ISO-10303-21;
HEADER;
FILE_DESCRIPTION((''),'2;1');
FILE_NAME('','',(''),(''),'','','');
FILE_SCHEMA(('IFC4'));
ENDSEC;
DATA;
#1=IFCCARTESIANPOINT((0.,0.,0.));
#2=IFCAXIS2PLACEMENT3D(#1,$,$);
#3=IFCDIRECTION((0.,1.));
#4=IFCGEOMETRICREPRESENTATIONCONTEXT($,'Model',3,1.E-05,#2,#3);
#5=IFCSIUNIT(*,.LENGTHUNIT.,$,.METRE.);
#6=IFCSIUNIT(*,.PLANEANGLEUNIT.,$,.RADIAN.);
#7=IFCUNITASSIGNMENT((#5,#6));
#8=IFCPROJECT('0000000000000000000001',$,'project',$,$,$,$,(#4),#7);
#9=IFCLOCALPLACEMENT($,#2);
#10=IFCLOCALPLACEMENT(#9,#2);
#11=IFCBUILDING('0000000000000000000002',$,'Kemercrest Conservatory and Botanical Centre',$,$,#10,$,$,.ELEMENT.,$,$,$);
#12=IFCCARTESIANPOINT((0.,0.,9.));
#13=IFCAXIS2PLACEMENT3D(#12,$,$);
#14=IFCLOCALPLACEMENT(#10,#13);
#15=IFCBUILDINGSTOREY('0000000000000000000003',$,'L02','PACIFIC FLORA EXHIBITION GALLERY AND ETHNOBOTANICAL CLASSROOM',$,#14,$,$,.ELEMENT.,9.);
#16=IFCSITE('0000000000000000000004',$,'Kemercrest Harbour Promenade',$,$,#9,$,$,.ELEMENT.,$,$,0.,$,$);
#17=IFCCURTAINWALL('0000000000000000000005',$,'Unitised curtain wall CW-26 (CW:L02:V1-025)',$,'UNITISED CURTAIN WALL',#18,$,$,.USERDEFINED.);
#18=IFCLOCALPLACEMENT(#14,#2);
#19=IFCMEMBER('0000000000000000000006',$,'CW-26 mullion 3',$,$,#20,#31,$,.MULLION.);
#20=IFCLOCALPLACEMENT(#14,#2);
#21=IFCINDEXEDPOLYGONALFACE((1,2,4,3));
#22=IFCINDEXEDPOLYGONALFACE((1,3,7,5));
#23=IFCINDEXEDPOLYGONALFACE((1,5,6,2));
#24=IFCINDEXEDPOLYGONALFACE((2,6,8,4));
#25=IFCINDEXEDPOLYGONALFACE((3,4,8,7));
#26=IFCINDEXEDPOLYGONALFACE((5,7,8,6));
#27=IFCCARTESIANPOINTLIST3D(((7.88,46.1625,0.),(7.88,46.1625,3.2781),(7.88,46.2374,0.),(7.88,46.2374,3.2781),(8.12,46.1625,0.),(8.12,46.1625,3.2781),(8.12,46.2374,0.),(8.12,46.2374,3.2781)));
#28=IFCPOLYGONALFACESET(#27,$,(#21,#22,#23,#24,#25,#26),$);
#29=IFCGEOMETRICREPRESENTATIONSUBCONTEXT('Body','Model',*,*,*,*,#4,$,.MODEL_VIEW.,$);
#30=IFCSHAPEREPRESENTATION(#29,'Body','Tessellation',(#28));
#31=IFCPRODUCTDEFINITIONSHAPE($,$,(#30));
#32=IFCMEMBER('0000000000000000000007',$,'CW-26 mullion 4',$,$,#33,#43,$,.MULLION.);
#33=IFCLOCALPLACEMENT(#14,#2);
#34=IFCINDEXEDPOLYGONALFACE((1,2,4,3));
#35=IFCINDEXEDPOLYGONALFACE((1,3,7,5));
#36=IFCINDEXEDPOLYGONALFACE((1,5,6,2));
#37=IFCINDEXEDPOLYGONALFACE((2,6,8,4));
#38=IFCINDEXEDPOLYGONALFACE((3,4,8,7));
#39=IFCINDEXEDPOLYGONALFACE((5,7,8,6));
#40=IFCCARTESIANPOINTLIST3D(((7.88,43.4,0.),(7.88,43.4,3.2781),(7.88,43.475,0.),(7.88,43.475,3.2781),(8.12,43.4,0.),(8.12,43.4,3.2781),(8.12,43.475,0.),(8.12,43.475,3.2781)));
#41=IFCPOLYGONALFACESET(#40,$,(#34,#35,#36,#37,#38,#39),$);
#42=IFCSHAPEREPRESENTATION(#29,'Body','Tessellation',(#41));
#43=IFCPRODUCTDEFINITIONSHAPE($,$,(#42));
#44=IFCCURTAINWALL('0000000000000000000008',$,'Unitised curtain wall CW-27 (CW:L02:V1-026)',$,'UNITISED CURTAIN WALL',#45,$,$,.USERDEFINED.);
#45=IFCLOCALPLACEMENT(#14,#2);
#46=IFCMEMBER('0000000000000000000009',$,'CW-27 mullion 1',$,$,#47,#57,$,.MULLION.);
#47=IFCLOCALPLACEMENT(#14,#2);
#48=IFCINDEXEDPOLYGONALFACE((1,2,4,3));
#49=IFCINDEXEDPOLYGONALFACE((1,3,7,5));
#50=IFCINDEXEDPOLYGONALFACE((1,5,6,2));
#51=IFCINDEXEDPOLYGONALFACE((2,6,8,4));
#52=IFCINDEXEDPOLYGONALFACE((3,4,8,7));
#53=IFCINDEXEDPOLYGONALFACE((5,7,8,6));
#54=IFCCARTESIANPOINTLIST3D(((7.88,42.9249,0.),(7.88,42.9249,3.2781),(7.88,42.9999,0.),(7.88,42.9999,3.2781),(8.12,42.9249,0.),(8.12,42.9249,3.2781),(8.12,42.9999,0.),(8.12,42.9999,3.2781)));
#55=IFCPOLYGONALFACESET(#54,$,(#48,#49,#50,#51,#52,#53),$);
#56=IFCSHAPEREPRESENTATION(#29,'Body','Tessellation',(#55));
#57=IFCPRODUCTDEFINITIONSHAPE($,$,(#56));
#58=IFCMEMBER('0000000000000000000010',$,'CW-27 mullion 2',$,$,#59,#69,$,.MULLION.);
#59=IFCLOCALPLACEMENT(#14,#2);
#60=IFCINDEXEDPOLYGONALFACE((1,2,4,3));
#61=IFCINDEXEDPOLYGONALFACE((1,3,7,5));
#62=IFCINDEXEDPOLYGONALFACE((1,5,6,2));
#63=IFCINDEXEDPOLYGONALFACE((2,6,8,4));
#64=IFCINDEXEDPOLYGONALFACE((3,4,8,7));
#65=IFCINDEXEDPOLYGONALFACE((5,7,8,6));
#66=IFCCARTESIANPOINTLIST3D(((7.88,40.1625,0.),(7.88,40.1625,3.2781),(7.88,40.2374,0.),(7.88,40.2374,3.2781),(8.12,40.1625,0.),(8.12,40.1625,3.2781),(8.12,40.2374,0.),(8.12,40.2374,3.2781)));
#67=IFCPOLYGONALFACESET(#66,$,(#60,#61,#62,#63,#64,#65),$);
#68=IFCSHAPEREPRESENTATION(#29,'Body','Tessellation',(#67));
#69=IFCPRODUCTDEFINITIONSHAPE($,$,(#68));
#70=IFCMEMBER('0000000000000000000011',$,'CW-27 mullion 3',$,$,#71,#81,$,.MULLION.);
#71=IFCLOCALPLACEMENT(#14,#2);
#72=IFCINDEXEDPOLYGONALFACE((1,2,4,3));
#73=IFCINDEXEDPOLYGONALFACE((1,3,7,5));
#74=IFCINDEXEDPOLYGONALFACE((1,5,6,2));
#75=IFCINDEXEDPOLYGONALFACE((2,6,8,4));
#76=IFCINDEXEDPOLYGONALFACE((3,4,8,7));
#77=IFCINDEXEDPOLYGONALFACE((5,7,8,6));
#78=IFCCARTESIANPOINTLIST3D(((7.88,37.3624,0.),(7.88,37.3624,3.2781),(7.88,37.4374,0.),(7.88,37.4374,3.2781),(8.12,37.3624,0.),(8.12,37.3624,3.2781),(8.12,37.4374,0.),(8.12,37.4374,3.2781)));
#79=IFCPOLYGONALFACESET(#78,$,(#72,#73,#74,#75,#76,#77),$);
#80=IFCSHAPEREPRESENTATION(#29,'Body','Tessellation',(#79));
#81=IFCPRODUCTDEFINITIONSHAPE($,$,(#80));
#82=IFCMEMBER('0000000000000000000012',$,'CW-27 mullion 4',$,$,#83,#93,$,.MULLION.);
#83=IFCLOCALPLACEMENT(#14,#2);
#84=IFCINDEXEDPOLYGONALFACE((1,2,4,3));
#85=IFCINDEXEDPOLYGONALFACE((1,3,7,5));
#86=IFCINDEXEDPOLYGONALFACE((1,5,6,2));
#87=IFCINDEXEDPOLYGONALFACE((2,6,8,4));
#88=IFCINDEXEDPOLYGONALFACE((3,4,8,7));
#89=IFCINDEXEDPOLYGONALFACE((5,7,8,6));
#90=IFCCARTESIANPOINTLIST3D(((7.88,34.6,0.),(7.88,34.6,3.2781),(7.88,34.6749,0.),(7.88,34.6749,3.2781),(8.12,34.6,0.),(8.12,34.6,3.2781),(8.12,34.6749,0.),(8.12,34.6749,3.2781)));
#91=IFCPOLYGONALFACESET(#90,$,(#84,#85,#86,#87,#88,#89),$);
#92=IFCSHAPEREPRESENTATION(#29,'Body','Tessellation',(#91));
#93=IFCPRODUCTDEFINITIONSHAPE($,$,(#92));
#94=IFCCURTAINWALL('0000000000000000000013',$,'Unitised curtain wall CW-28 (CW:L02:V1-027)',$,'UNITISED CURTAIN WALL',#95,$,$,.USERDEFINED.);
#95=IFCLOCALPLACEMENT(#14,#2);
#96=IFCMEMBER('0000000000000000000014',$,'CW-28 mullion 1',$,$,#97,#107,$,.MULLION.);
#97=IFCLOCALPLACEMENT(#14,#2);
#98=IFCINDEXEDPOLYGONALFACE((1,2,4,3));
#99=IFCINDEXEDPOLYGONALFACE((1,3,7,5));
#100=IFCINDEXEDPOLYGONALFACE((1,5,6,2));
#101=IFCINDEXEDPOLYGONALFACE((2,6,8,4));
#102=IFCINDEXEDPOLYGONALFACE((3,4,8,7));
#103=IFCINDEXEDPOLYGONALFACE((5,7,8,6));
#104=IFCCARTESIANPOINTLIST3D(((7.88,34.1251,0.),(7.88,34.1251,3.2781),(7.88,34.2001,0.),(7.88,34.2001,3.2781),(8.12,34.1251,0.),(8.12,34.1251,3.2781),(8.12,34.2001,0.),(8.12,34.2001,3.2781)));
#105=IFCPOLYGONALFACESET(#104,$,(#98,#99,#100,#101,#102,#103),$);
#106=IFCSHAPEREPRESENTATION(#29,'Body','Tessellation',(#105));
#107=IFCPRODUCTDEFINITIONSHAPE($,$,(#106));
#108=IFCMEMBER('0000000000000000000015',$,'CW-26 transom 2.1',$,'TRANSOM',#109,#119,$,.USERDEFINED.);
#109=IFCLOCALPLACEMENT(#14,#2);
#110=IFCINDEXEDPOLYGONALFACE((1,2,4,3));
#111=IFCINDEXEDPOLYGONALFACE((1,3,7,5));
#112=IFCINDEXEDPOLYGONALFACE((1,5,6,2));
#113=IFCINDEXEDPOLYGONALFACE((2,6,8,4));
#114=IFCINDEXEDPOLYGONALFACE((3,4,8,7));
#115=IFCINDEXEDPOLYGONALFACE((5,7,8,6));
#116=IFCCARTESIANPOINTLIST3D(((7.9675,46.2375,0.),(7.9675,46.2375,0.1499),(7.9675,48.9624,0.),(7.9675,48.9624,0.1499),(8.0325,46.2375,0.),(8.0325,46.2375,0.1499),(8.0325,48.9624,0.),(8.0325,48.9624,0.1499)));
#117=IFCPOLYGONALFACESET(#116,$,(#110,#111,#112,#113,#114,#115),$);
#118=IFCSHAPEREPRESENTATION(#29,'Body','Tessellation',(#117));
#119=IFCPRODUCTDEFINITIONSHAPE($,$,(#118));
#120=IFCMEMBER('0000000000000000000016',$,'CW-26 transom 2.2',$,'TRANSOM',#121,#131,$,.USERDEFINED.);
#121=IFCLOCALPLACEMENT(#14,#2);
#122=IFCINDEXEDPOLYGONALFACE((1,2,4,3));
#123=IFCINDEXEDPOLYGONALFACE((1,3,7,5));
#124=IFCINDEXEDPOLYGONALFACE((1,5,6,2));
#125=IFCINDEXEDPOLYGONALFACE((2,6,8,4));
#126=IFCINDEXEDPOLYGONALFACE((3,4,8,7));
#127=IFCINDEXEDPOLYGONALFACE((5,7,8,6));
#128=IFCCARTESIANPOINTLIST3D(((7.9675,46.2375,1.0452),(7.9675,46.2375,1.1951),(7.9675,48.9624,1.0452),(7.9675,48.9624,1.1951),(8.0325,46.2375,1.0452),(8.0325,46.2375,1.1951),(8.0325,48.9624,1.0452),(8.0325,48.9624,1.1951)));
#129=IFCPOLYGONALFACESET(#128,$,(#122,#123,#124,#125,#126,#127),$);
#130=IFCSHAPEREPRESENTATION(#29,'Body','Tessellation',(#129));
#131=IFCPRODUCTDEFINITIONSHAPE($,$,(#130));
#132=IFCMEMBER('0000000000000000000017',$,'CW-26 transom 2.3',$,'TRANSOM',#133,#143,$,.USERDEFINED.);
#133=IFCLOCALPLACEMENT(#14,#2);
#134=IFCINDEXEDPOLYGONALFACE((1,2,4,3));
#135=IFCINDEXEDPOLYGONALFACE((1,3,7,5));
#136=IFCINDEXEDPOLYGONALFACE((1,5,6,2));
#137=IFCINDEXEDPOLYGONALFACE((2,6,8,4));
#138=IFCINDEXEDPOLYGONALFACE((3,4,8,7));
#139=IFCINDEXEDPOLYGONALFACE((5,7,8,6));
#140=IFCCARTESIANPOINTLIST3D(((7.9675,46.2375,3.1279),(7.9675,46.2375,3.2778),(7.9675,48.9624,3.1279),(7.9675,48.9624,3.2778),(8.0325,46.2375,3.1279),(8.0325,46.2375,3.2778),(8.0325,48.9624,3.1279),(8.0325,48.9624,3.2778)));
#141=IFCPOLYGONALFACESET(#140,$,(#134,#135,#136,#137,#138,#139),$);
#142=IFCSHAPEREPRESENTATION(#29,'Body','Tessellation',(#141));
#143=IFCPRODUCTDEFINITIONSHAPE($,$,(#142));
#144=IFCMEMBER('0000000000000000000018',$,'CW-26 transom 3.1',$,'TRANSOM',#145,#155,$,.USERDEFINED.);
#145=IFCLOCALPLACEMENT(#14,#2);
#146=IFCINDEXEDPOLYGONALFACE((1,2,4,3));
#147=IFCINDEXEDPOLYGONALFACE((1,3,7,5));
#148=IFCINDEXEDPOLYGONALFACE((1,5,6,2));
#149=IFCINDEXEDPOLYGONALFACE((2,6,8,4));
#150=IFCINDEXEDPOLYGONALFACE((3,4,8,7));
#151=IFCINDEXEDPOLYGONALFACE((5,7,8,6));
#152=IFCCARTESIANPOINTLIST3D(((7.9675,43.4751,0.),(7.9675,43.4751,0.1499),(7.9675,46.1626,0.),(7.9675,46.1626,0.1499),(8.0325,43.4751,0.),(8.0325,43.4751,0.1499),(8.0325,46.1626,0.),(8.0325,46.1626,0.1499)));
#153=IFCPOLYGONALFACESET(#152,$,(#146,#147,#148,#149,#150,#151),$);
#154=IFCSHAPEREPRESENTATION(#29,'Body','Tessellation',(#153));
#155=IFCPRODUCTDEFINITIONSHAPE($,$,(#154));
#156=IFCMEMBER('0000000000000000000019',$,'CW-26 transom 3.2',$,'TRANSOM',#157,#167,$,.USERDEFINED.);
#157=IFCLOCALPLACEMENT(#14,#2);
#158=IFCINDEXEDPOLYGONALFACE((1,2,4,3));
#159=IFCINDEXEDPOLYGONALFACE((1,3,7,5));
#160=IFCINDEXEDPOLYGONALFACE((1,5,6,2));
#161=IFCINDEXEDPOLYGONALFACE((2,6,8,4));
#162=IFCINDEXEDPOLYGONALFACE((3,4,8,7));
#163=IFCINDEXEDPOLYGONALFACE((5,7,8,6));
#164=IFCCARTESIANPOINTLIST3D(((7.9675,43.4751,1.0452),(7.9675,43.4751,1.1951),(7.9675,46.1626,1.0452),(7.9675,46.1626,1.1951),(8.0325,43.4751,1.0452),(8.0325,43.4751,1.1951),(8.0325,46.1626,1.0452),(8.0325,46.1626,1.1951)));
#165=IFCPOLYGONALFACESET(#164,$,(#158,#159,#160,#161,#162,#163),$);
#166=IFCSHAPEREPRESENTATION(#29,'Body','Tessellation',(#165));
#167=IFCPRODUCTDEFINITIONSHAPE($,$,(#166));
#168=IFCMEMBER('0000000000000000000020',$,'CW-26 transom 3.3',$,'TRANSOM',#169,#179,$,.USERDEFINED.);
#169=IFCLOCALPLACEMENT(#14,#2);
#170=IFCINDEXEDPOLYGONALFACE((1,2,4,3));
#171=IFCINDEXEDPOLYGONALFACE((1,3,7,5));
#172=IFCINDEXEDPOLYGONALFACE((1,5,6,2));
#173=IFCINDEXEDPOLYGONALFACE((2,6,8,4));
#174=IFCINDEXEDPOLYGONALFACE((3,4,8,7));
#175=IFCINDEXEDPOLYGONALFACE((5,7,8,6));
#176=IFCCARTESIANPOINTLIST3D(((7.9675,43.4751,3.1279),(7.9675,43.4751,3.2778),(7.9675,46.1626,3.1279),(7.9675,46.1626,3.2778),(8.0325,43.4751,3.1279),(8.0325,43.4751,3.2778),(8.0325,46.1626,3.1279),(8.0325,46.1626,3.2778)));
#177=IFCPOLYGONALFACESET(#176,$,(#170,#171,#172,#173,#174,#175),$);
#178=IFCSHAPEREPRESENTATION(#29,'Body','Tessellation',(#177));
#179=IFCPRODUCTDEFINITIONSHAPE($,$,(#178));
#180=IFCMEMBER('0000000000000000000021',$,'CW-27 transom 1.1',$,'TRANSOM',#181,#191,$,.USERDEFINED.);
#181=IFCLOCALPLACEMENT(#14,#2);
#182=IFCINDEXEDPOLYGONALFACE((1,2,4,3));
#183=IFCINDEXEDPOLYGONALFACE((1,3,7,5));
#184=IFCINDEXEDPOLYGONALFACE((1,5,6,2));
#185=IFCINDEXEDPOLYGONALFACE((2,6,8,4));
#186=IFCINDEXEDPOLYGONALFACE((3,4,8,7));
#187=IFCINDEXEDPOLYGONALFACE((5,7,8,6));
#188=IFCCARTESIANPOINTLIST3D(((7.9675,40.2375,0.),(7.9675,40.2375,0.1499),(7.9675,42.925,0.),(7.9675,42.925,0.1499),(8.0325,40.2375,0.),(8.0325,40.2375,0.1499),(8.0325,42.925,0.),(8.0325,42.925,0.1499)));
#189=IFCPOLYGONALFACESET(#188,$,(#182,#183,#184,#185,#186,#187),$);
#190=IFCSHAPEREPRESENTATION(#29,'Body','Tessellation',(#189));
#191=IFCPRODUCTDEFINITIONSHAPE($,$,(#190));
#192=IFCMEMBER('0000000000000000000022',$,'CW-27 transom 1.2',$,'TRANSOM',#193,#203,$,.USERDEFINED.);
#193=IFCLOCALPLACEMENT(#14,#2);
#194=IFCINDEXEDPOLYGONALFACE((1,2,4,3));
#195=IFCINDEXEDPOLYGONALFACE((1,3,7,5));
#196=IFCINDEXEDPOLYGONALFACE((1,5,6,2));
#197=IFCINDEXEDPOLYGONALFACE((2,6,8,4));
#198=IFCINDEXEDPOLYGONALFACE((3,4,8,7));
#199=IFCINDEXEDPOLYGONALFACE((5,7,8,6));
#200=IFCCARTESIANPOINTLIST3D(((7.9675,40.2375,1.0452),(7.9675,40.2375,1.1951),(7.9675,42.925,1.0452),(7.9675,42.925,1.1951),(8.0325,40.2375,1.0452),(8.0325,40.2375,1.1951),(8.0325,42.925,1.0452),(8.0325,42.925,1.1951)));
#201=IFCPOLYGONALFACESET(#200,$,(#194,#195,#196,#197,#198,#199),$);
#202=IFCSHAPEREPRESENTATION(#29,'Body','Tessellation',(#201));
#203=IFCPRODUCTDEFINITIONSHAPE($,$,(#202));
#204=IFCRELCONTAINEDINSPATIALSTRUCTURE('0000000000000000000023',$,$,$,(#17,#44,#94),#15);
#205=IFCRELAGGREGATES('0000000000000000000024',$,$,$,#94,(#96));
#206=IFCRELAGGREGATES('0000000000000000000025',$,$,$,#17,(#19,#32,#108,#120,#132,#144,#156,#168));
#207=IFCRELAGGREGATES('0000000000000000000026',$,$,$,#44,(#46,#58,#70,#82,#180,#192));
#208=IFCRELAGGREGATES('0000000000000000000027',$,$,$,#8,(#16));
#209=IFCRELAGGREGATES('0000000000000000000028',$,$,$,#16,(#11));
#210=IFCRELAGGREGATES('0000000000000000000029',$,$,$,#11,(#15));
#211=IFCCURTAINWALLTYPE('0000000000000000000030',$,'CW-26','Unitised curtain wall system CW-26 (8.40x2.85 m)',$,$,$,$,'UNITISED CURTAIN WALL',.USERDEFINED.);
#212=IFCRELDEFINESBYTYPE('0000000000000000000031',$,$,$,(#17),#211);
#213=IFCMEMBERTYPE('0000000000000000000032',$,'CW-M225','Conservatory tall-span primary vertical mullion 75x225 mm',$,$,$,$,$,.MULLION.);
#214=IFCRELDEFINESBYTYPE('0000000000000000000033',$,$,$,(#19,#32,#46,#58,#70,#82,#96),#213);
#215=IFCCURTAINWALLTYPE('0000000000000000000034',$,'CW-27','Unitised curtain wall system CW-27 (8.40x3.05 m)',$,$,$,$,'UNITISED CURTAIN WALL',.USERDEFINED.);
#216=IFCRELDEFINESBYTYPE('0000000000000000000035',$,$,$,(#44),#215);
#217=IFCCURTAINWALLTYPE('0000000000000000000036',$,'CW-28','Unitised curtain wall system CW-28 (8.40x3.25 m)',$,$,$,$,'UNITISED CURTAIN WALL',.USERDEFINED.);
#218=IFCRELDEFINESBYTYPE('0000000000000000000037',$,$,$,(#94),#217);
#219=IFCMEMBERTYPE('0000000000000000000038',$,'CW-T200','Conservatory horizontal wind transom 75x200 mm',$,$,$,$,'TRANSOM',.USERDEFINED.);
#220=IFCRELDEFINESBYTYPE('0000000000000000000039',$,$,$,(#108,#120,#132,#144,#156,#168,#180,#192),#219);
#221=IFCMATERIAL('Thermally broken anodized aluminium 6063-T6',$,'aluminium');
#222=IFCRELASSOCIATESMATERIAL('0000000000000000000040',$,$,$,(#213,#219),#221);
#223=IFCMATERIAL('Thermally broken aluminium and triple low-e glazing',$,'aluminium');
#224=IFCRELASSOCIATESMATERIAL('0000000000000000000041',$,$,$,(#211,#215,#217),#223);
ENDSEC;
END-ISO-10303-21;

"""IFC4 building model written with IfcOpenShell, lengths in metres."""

from ifc_helpers import new_model, si_unit, direction, frame, origin, origin_2d, place, context, subcontext, project, spatial, rectangle, extrude, material, material_profile, profile_set, type_object, element, aggregate, save


model = new_model("IFC4")

# Units and contexts
model_context = context("Model", 3, precision=1e-05, world=origin(), true_north=direction((0.0, 1.0)))
body_context = subcontext(model_context, "Body", "Model", "MODEL_VIEW")
ifc_project = project(units=[si_unit("LENGTHUNIT", "METRE"), si_unit("PLANEANGLEUNIT", "RADIAN")], contexts=[model_context])

# Site, building, storey
site_placement = place(None, origin())
site = spatial("IfcSite", under=ifc_project, at=site_placement, Name="Kemercrest Harbour Promenade", CompositionType="ELEMENT", RefElevation=0.0)
building_placement = place(site_placement, origin())
building = spatial("IfcBuilding", under=site, at=building_placement, Name="Kemercrest Conservatory and Botanical Centre", CompositionType="ELEMENT")
storey_placement = place(building_placement, frame((0.0, 0.0, 9.0)))
storey = spatial("IfcBuildingStorey", under=building, at=storey_placement, Name="L02", Description="PACIFIC FLORA EXHIBITION GALLERY AND ETHNOBOTANICAL CLASSROOM", CompositionType="ELEMENT", Elevation=9.0)

# Shared definitions
ifc_material_1 = material(Name="Thermally broken aluminium and triple low-e glazing", Category="aluminium")
ifc_material_2 = material(Name="Thermally broken anodized aluminium 6063-T6", Category="aluminium")
ifc_material_profile_1 = material_profile(ifc_material_2, rectangle(XDim=0.24, YDim=0.075, at=origin_2d()), Name="AL MULLION 75x240")
ifc_profile_set_1 = profile_set([ifc_material_profile_1], Name="Thermally broken anodized aluminium 6063-T6")
member_type_1 = type_object("IfcMemberType", Name="CW-M225", Description="Conservatory tall-span primary vertical mullion 75x225 mm", PredefinedType="MULLION", material=ifc_profile_set_1)

# Curtain walls, members
curtain_wall_type_1 = type_object("IfcCurtainWallType", Name="CW-26", Description="Unitised curtain wall system CW-26 (8.40x2.85 m)", ElementType="UNITISED CURTAIN WALL", PredefinedType="USERDEFINED", material=ifc_material_1)
curtain_wall_1_placement = place(storey_placement, origin())
curtain_wall_1 = element("IfcCurtainWall", 1, at=curtain_wall_1_placement, inside=storey, type_object=curtain_wall_type_1, Name="Unitised curtain wall CW-26 (CW:L02:V1-025)", ObjectType="UNITISED CURTAIN WALL", PredefinedType="USERDEFINED")
member_1_placement = place(storey_placement, frame((8.0, 46.2, 0.0), z_axis=(0.0, 0.0, 1.0), x_axis=(1.0, 0.0, 0.0)))
member_1 = element("IfcMember", 2, at=member_1_placement, type_object=member_type_1, Name="CW-26 mullion 3", PredefinedType="MULLION", context=body_context, shape_type="SweptSolid", body=[
    extrude(rectangle(XDim=0.24, YDim=0.075, at=origin_2d()), origin(), (0.0, 0.0, 1.0), 3.2781),
])
member_2_placement = place(storey_placement, frame((8.0, 43.4375, 0.0), z_axis=(0.0, 0.0, 1.0), x_axis=(1.0, 0.0, 0.0)))
member_2 = element("IfcMember", 3, at=member_2_placement, type_object=member_type_1, Name="CW-26 mullion 4", PredefinedType="MULLION", context=body_context, shape_type="SweptSolid", body=[
    extrude(rectangle(XDim=0.24, YDim=0.075, at=origin_2d()), origin(), (0.0, 0.0, 1.0), 3.2781),
])
curtain_wall_type_2 = type_object("IfcCurtainWallType", Name="CW-27", Description="Unitised curtain wall system CW-27 (8.40x3.05 m)", ElementType="UNITISED CURTAIN WALL", PredefinedType="USERDEFINED", material=ifc_material_1)
curtain_wall_2_placement = place(storey_placement, origin())
curtain_wall_2 = element("IfcCurtainWall", 4, at=curtain_wall_2_placement, inside=storey, type_object=curtain_wall_type_2, Name="Unitised curtain wall CW-27 (CW:L02:V1-026)", ObjectType="UNITISED CURTAIN WALL", PredefinedType="USERDEFINED")
member_3_placement = place(storey_placement, frame((8.0, 42.9624, 0.0), z_axis=(0.0, 0.0, 1.0), x_axis=(1.0, 0.0, 0.0)))
member_3 = element("IfcMember", 5, at=member_3_placement, type_object=member_type_1, Name="CW-27 mullion 1", PredefinedType="MULLION", context=body_context, shape_type="SweptSolid", body=[
    extrude(rectangle(XDim=0.24, YDim=0.075, at=origin_2d()), origin(), (0.0, 0.0, 1.0), 3.2781),
])
member_4_placement = place(storey_placement, frame((8.0, 40.2, 0.0), z_axis=(0.0, 0.0, 1.0), x_axis=(1.0, 0.0, 0.0)))
member_4 = element("IfcMember", 6, at=member_4_placement, type_object=member_type_1, Name="CW-27 mullion 2", PredefinedType="MULLION", context=body_context, shape_type="SweptSolid", body=[
    extrude(rectangle(XDim=0.24, YDim=0.075, at=origin_2d()), origin(), (0.0, 0.0, 1.0), 3.2781),
])
member_5_placement = place(storey_placement, frame((8.0, 37.3999, 0.0), z_axis=(0.0, 0.0, 1.0), x_axis=(1.0, 0.0, 0.0)))
member_5 = element("IfcMember", 7, at=member_5_placement, type_object=member_type_1, Name="CW-27 mullion 3", PredefinedType="MULLION", context=body_context, shape_type="SweptSolid", body=[
    extrude(rectangle(XDim=0.24, YDim=0.075, at=origin_2d()), origin(), (0.0, 0.0, 1.0), 3.2781),
])
member_6_placement = place(storey_placement, frame((8.0, 34.6375, 0.0), z_axis=(0.0, 0.0, 1.0), x_axis=(1.0, 0.0, 0.0)))
member_6 = element("IfcMember", 8, at=member_6_placement, type_object=member_type_1, Name="CW-27 mullion 4", PredefinedType="MULLION", context=body_context, shape_type="SweptSolid", body=[
    extrude(rectangle(XDim=0.24, YDim=0.075, at=origin_2d()), origin(), (0.0, 0.0, 1.0), 3.2781),
])

# Curtain wall, member
curtain_wall_type_3 = type_object("IfcCurtainWallType", Name="CW-28", Description="Unitised curtain wall system CW-28 (8.40x3.25 m)", ElementType="UNITISED CURTAIN WALL", PredefinedType="USERDEFINED", material=ifc_material_1)
curtain_wall_3_placement = place(storey_placement, origin())
curtain_wall_3 = element("IfcCurtainWall", 9, at=curtain_wall_3_placement, inside=storey, type_object=curtain_wall_type_3, Name="Unitised curtain wall CW-28 (CW:L02:V1-027)", ObjectType="UNITISED CURTAIN WALL", PredefinedType="USERDEFINED")
member_7_placement = place(storey_placement, frame((8.0, 34.1626, 0.0), z_axis=(0.0, 0.0, 1.0), x_axis=(1.0, 0.0, 0.0)))
member_7 = element("IfcMember", 10, at=member_7_placement, type_object=member_type_1, Name="CW-28 mullion 1", PredefinedType="MULLION", context=body_context, shape_type="SweptSolid", body=[
    extrude(rectangle(XDim=0.24, YDim=0.075, at=origin_2d()), origin(), (0.0, 0.0, 1.0), 3.2781),
])
aggregate(curtain_wall_3, [member_7])

# Members
ifc_material_profile_2 = material_profile(ifc_material_2, rectangle(XDim=0.0649, YDim=0.1499, at=origin_2d()), Name="AL TRANSOM 65x150")
ifc_profile_set_2 = profile_set([ifc_material_profile_2], Name="Thermally broken anodized aluminium 6063-T6")
member_type_2 = type_object("IfcMemberType", Name="CW-T200", Description="Conservatory horizontal wind transom 75x200 mm", ElementType="TRANSOM", PredefinedType="USERDEFINED", material=ifc_profile_set_2)
member_8_placement = place(storey_placement, frame((8.0, 48.9624, 0.075), z_axis=(0.0, -1.0, 0.0), x_axis=(1.0, 0.0, 0.0)))
member_8 = element("IfcMember", 11, at=member_8_placement, type_object=member_type_2, Name="CW-26 transom 2.1", ObjectType="TRANSOM", PredefinedType="USERDEFINED", context=body_context, shape_type="SweptSolid", body=[
    extrude(rectangle(XDim=0.0649, YDim=0.1499, at=origin_2d()), origin(), (0.0, 0.0, 1.0), 2.7249),
])
member_9_placement = place(storey_placement, frame((8.0, 48.9624, 1.1201), z_axis=(0.0, -1.0, 0.0), x_axis=(1.0, 0.0, 0.0)))
member_9 = element("IfcMember", 12, at=member_9_placement, type_object=member_type_2, Name="CW-26 transom 2.2", ObjectType="TRANSOM", PredefinedType="USERDEFINED", context=body_context, shape_type="SweptSolid", body=[
    extrude(rectangle(XDim=0.0649, YDim=0.1499, at=origin_2d()), origin(), (0.0, 0.0, 1.0), 2.7249),
])
member_10_placement = place(storey_placement, frame((8.0, 48.9624, 3.2029), z_axis=(0.0, -1.0, 0.0), x_axis=(1.0, 0.0, 0.0)))
member_10 = element("IfcMember", 13, at=member_10_placement, type_object=member_type_2, Name="CW-26 transom 2.3", ObjectType="TRANSOM", PredefinedType="USERDEFINED", context=body_context, shape_type="SweptSolid", body=[
    extrude(rectangle(XDim=0.0649, YDim=0.1499, at=origin_2d()), origin(), (0.0, 0.0, 1.0), 2.7249),
])
member_11_placement = place(storey_placement, frame((8.0, 46.1626, 0.075), z_axis=(0.0, -1.0, 0.0), x_axis=(1.0, 0.0, 0.0)))
member_11 = element("IfcMember", 14, at=member_11_placement, type_object=member_type_2, Name="CW-26 transom 3.1", ObjectType="TRANSOM", PredefinedType="USERDEFINED", context=body_context, shape_type="SweptSolid", body=[
    extrude(rectangle(XDim=0.0649, YDim=0.1499, at=origin_2d()), origin(), (0.0, 0.0, 1.0), 2.6875),
])
member_12_placement = place(storey_placement, frame((8.0, 46.1626, 1.1201), z_axis=(0.0, -1.0, 0.0), x_axis=(1.0, 0.0, 0.0)))
member_12 = element("IfcMember", 15, at=member_12_placement, type_object=member_type_2, Name="CW-26 transom 3.2", ObjectType="TRANSOM", PredefinedType="USERDEFINED", context=body_context, shape_type="SweptSolid", body=[
    extrude(rectangle(XDim=0.0649, YDim=0.1499, at=origin_2d()), origin(), (0.0, 0.0, 1.0), 2.6875),
])
member_13_placement = place(storey_placement, frame((8.0, 46.1626, 3.2029), z_axis=(0.0, -1.0, 0.0), x_axis=(1.0, 0.0, 0.0)))
member_13 = element("IfcMember", 16, at=member_13_placement, type_object=member_type_2, Name="CW-26 transom 3.3", ObjectType="TRANSOM", PredefinedType="USERDEFINED", context=body_context, shape_type="SweptSolid", body=[
    extrude(rectangle(XDim=0.0649, YDim=0.1499, at=origin_2d()), origin(), (0.0, 0.0, 1.0), 2.6875),
])
member_14_placement = place(storey_placement, frame((8.0, 42.925, 0.075), z_axis=(0.0, -1.0, 0.0), x_axis=(1.0, 0.0, 0.0)))
member_14 = element("IfcMember", 17, at=member_14_placement, type_object=member_type_2, Name="CW-27 transom 1.1", ObjectType="TRANSOM", PredefinedType="USERDEFINED", context=body_context, shape_type="SweptSolid", body=[
    extrude(rectangle(XDim=0.0649, YDim=0.1499, at=origin_2d()), origin(), (0.0, 0.0, 1.0), 2.6875),
])
member_15_placement = place(storey_placement, frame((8.0, 42.925, 1.1201), z_axis=(0.0, -1.0, 0.0), x_axis=(1.0, 0.0, 0.0)))
member_15 = element("IfcMember", 18, at=member_15_placement, type_object=member_type_2, Name="CW-27 transom 1.2", ObjectType="TRANSOM", PredefinedType="USERDEFINED", context=body_context, shape_type="SweptSolid", body=[
    extrude(rectangle(XDim=0.0649, YDim=0.1499, at=origin_2d()), origin(), (0.0, 0.0, 1.0), 2.6875),
])

aggregate(curtain_wall_1, [member_1, member_2, member_8, member_9, member_10, member_11, member_12, member_13])
aggregate(curtain_wall_2, [member_3, member_4, member_5, member_6, member_14, member_15])

save(model, "model.ifc")
